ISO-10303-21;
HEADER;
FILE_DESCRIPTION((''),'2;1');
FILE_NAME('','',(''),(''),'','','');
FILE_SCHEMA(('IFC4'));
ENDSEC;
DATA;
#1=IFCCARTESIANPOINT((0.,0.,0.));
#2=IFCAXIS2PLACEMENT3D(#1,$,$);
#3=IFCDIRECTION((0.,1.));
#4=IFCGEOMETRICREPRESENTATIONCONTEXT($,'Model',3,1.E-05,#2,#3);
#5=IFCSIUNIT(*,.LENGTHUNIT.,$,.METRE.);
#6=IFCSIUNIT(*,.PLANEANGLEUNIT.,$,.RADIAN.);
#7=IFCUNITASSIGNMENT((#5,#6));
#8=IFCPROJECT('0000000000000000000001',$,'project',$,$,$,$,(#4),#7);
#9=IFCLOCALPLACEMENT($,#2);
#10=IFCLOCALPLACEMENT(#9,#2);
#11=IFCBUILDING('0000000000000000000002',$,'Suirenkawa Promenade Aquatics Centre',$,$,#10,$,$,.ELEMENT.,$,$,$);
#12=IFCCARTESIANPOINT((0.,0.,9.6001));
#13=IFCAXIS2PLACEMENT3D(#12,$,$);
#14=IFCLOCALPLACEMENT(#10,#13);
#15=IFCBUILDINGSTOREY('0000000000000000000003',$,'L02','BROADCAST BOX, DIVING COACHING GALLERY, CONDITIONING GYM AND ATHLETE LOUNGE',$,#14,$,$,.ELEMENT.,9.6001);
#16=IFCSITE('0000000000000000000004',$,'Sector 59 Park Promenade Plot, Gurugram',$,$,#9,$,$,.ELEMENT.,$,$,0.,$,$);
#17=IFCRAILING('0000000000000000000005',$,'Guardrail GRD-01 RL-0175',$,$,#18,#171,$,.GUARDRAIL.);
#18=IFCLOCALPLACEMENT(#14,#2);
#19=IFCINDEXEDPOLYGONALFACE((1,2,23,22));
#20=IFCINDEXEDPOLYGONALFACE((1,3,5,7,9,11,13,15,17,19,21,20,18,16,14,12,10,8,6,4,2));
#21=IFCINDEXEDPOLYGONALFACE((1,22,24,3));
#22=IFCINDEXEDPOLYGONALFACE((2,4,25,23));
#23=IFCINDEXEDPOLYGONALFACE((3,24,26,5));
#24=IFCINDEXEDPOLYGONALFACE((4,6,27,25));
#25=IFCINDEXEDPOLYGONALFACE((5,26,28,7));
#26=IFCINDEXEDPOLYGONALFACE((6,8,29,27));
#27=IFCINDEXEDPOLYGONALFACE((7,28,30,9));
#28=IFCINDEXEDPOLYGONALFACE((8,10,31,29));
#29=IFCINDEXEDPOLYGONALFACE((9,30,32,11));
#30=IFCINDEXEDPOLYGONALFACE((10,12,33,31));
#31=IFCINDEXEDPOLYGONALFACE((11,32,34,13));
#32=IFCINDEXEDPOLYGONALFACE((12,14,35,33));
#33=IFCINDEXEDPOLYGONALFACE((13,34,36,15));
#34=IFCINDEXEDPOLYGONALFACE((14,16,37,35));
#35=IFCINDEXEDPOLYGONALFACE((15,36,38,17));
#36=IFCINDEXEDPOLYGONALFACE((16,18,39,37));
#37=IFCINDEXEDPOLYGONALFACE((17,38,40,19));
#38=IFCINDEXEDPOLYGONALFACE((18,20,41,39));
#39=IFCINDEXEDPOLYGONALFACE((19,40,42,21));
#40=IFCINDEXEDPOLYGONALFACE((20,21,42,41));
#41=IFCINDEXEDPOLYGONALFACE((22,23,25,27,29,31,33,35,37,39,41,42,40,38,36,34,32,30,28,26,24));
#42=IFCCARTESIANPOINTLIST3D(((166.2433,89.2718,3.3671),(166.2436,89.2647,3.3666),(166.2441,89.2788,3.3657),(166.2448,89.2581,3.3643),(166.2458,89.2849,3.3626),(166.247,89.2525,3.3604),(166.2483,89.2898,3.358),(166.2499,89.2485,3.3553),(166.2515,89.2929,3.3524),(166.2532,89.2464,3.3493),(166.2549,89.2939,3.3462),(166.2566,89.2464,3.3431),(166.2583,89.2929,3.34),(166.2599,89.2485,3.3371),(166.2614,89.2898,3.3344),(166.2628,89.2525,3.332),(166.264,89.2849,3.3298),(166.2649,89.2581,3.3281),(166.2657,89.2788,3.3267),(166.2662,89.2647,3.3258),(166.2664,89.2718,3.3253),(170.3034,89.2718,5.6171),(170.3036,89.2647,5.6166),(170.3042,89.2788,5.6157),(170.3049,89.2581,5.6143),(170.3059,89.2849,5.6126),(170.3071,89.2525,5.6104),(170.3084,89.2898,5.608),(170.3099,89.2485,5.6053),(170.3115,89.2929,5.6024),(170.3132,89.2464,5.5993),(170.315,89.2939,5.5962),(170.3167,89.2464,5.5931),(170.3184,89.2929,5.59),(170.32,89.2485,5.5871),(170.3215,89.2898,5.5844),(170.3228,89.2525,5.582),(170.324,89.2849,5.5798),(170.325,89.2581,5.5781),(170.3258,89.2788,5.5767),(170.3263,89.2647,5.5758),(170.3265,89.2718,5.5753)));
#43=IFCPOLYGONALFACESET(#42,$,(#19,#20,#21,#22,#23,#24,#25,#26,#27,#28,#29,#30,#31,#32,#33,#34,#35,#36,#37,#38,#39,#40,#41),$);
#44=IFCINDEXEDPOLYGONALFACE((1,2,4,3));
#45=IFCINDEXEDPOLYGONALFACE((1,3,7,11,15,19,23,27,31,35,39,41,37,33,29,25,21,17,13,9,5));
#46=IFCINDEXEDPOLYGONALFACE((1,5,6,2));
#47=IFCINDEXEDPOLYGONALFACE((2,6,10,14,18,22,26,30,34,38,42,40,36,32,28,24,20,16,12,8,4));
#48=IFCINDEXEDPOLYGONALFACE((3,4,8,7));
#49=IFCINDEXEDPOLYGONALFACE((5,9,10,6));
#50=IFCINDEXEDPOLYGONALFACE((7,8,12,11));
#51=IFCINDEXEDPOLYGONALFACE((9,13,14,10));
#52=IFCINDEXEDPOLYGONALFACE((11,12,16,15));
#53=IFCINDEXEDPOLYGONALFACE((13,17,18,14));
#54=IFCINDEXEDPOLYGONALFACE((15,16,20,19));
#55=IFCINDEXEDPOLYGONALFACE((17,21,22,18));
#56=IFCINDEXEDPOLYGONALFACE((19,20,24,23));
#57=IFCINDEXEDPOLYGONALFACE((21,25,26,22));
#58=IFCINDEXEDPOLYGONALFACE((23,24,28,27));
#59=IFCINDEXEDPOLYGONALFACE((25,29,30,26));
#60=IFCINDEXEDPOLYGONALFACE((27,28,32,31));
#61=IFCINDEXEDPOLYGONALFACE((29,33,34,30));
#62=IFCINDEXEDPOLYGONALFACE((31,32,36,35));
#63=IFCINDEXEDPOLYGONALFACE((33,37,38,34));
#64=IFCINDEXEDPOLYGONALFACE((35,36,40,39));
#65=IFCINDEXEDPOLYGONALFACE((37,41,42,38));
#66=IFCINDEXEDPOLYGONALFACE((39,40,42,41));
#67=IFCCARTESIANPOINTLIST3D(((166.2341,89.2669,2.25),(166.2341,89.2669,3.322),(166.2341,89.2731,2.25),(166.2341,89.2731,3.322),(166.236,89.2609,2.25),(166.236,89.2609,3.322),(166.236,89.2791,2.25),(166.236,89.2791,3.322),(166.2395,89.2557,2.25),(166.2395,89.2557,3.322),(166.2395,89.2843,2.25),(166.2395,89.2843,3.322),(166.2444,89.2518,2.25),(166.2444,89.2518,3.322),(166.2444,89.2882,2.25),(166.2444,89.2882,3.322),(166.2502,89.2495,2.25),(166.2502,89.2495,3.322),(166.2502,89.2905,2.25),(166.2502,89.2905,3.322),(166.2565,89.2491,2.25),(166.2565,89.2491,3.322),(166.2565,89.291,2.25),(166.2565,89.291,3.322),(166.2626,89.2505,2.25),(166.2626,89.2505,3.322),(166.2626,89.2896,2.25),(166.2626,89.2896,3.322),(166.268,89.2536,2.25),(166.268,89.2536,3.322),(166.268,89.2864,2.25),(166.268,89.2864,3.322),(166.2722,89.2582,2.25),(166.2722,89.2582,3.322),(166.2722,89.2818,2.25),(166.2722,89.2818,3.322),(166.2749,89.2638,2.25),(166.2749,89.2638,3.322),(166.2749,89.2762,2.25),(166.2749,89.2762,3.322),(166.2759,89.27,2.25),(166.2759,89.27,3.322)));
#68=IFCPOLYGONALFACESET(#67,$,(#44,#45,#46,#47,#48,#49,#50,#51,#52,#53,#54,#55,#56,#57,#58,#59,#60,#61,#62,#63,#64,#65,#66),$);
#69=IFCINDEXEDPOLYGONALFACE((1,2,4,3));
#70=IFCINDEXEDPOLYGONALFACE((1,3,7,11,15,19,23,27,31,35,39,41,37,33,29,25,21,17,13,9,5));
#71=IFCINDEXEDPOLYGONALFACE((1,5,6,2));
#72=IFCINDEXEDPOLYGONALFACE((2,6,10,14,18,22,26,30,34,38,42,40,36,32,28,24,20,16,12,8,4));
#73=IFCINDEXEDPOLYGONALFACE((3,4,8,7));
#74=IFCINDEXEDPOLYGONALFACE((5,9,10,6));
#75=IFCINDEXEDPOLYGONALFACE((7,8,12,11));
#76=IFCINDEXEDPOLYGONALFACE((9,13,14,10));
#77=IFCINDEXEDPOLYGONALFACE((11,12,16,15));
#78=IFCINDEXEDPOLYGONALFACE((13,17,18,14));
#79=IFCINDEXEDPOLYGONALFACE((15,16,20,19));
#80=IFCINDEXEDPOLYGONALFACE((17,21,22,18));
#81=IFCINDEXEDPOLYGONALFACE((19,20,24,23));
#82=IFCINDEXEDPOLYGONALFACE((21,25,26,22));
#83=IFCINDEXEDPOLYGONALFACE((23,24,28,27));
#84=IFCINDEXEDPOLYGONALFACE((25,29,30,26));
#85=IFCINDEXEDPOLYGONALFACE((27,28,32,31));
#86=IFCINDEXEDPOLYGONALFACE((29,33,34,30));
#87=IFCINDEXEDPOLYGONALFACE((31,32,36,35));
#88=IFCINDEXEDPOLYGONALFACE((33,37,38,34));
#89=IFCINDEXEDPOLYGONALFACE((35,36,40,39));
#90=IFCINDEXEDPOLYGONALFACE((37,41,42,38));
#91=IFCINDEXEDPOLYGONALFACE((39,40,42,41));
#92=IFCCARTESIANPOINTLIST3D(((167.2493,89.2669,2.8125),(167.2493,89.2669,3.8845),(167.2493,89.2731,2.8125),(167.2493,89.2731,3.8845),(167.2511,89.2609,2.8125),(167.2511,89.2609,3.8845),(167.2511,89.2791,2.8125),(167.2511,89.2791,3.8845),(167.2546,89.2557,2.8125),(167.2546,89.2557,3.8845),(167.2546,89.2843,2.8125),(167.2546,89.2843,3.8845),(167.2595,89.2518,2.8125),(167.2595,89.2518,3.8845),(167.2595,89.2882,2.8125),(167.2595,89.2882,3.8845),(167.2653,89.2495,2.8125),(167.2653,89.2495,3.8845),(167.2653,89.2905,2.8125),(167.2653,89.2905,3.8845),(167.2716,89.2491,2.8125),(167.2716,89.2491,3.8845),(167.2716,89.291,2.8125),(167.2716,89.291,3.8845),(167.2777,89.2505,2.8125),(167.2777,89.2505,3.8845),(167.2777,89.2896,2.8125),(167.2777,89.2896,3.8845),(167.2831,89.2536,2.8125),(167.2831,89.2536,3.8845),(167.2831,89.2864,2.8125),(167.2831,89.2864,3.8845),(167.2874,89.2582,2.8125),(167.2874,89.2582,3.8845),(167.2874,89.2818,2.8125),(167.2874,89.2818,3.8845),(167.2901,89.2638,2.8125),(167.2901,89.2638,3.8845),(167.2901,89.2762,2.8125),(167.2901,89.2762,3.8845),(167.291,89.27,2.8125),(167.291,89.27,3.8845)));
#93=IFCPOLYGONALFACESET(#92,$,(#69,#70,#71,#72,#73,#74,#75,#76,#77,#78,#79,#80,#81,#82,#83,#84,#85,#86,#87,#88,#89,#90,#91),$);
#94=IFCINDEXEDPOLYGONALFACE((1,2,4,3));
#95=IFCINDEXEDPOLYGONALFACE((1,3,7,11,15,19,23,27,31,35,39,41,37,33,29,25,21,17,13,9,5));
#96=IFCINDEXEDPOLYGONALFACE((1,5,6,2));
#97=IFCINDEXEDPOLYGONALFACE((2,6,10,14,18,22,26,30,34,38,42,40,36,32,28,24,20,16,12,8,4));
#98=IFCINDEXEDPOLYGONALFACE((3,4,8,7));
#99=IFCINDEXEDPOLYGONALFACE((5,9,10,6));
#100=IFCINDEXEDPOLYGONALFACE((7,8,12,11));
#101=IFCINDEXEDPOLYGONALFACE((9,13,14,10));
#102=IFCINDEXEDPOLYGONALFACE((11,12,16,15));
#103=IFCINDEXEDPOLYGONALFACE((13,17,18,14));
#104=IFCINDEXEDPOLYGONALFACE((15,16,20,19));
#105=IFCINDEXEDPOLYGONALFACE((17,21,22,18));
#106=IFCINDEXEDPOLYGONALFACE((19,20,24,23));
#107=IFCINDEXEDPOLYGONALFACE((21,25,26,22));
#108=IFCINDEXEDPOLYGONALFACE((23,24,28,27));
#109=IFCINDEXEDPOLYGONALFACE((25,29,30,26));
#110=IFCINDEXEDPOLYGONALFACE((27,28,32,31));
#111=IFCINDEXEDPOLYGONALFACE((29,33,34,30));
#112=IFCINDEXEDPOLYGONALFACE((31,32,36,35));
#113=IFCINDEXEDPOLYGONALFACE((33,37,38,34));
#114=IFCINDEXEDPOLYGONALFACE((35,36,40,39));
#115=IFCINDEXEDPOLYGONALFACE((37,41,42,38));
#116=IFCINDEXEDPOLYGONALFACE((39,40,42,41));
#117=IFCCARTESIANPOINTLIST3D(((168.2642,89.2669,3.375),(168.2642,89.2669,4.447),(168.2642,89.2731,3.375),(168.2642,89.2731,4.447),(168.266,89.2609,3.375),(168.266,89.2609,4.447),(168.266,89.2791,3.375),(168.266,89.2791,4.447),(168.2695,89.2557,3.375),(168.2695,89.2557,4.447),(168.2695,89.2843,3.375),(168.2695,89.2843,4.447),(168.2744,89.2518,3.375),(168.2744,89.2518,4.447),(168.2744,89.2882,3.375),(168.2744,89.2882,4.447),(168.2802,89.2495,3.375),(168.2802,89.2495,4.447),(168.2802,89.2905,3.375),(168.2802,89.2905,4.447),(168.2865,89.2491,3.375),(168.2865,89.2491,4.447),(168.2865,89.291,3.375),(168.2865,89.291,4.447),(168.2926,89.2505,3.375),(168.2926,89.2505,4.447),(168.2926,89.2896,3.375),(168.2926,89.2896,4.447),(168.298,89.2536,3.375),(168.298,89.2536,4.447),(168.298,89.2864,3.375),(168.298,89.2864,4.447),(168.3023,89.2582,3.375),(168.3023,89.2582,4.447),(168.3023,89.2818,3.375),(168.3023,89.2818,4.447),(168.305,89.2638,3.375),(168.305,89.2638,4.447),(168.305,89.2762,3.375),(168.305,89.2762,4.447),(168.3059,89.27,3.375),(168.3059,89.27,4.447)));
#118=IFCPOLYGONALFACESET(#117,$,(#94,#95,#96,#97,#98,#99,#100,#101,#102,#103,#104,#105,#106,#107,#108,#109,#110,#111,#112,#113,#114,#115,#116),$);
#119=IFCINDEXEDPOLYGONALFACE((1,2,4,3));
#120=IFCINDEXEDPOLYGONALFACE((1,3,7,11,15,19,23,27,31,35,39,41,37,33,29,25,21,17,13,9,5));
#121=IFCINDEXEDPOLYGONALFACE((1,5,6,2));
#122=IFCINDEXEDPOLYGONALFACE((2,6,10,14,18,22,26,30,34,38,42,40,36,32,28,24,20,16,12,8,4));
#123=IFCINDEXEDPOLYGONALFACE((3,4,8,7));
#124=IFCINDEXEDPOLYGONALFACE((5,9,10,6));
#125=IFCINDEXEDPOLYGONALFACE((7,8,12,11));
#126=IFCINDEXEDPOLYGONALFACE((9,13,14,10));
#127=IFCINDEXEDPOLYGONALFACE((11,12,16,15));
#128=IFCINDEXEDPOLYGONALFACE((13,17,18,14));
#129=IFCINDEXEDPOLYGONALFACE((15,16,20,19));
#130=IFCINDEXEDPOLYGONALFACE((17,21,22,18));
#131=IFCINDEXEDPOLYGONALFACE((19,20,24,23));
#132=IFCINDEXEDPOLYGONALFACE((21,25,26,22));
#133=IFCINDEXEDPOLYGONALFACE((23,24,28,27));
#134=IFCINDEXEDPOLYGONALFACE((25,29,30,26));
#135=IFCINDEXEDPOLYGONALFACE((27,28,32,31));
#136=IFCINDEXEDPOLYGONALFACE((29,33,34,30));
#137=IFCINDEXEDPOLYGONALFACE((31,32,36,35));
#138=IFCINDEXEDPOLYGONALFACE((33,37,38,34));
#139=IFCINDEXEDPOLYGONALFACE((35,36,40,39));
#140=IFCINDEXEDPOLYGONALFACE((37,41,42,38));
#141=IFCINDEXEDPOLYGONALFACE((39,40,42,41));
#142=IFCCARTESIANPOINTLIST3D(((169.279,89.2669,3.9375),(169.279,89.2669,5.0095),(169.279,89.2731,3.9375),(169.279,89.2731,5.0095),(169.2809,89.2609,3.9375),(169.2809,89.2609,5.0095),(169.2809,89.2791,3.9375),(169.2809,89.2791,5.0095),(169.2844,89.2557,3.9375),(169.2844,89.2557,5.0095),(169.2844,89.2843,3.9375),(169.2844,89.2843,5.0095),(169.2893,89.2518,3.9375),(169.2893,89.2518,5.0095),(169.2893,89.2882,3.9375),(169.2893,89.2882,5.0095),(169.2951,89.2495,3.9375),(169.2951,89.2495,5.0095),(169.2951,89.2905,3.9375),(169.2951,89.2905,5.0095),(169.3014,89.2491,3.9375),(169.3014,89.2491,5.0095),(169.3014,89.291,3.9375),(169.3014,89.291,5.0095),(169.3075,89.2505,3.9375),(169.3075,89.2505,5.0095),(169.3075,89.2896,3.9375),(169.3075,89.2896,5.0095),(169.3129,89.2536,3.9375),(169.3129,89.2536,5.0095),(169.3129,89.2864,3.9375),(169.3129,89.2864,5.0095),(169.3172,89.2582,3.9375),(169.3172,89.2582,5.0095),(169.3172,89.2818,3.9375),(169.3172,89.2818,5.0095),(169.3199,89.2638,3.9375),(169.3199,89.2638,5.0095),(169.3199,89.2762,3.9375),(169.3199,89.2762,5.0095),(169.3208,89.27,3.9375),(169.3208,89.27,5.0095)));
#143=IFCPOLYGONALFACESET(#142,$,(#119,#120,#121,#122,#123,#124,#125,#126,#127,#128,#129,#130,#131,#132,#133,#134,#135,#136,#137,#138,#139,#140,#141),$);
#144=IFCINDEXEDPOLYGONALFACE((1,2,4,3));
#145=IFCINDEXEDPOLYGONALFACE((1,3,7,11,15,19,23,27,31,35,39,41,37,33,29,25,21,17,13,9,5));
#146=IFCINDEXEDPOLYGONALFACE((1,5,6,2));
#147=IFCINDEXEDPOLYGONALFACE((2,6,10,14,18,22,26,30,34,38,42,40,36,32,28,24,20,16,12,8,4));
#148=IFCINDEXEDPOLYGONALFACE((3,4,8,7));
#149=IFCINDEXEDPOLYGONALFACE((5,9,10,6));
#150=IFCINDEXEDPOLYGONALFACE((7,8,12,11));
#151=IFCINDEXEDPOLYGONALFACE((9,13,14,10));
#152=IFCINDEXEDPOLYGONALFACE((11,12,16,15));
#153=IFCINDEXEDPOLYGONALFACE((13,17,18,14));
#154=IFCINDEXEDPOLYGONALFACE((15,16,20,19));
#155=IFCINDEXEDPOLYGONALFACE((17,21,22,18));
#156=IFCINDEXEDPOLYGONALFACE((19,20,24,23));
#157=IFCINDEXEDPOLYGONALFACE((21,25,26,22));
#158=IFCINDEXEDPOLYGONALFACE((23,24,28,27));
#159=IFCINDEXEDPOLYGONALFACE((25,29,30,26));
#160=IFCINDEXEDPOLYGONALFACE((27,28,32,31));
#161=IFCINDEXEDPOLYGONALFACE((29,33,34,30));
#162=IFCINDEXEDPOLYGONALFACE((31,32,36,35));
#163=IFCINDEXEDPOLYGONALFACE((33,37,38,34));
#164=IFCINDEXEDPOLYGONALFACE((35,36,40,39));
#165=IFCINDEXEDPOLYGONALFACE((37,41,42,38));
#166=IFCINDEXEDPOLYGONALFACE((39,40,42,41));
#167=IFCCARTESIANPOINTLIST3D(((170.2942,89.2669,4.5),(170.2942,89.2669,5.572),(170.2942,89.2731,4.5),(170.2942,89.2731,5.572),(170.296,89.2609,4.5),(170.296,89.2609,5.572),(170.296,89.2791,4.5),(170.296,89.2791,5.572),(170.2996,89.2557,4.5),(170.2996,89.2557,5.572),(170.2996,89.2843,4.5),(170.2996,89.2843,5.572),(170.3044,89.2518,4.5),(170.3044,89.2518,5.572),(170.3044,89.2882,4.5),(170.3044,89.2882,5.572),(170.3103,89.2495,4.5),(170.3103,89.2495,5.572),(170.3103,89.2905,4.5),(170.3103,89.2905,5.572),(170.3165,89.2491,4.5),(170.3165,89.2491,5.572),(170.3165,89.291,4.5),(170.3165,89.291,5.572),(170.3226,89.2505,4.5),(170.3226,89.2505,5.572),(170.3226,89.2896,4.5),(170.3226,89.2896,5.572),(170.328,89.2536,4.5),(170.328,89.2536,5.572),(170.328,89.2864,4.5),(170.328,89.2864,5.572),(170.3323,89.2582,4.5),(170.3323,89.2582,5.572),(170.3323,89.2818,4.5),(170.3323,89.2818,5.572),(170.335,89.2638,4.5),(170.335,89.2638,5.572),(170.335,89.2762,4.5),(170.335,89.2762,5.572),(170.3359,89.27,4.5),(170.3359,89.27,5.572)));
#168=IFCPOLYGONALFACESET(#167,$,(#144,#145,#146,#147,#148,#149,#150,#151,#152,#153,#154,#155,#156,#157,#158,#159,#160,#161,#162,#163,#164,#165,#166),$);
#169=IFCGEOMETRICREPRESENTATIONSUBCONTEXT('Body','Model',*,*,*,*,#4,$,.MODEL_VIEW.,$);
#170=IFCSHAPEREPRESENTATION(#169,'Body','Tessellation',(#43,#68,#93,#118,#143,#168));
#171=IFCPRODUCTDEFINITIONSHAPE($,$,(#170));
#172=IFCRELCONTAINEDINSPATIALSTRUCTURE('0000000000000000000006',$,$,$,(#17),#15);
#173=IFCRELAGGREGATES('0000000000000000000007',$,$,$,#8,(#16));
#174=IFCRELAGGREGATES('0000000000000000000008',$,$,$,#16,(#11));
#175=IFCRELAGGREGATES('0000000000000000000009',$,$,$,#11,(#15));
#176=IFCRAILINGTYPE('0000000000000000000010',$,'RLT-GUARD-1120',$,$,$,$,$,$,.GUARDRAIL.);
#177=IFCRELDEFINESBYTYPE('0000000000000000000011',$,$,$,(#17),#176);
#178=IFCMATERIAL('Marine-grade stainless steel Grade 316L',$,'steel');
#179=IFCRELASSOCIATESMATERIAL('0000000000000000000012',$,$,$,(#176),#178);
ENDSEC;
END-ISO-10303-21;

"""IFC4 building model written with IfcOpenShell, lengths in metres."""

from ifc_helpers import new_model, si_unit, direction, frame, origin, origin_2d, place, context, subcontext, project, spatial, circle, extrude, material, type_object, element, save


model = new_model("IFC4")

# Units and contexts
model_context = context("Model", 3, precision=1e-05, world=origin(), true_north=direction((0.0, 1.0)))
body_context = subcontext(model_context, "Body", "Model", "MODEL_VIEW")
ifc_project = project(units=[si_unit("LENGTHUNIT", "METRE"), si_unit("PLANEANGLEUNIT", "RADIAN")], contexts=[model_context])

# Site, building, storey
site_placement = place(None, origin())
site = spatial("IfcSite", under=ifc_project, at=site_placement, Name="Sector 59 Park Promenade Plot, Gurugram", CompositionType="ELEMENT", RefElevation=0.0)
building_placement = place(site_placement, origin())
building = spatial("IfcBuilding", under=site, at=building_placement, Name="Suirenkawa Promenade Aquatics Centre", CompositionType="ELEMENT")
storey_placement = place(building_placement, frame((0.0, 0.0, 9.6001)))
storey = spatial("IfcBuildingStorey", under=building, at=storey_placement, Name="L02", Description="BROADCAST BOX, DIVING COACHING GALLERY, CONDITIONING GYM AND ATHLETE LOUNGE", CompositionType="ELEMENT", Elevation=9.6001)

# Shared definitions
ifc_material_1 = material(Name="Marine-grade stainless steel Grade 316L", Category="steel")

# Railing
railing_type_1 = type_object("IfcRailingType", Name="RLT-GUARD-1120", PredefinedType="GUARDRAIL", material=ifc_material_1)
for number, where, name in (
    (1, (166.2549, 89.27, 2.25), "Guardrail GRD-01 RL-0175"),
):
    element("IfcRailing", number, at=place(storey_placement, frame(where)), inside=storey, type_object=railing_type_1, Name=name, PredefinedType="GUARDRAIL", context=body_context, shape_type="SweptSolid", body=[
        extrude(circle(Radius=0.0239, at=origin_2d()), frame((0.0, 0.0, 1.0962), z_axis=(0.874668, 0.0, 0.484723), x_axis=(0.0, 1.0, 0.0)), (0.0, 0.0, 1.0), 4.6418),
        extrude(circle(Radius=0.021, at=origin_2d()), origin(), (0.0, 0.0, 1.0), 1.072),
        extrude(circle(Radius=0.021, at=origin_2d()), frame((1.0151, 0.0, 0.5625)), (0.0, 0.0, 1.0), 1.072),
        extrude(circle(Radius=0.021, at=origin_2d()), frame((2.03, 0.0, 1.125)), (0.0, 0.0, 1.0), 1.072),
        extrude(circle(Radius=0.021, at=origin_2d()), frame((3.0449, 0.0, 1.6875)), (0.0, 0.0, 1.0), 1.072),
        extrude(circle(Radius=0.021, at=origin_2d()), frame((4.0601, 0.0, 2.25)), (0.0, 0.0, 1.0), 1.072),
    ])

save(model, "model.ifc")
